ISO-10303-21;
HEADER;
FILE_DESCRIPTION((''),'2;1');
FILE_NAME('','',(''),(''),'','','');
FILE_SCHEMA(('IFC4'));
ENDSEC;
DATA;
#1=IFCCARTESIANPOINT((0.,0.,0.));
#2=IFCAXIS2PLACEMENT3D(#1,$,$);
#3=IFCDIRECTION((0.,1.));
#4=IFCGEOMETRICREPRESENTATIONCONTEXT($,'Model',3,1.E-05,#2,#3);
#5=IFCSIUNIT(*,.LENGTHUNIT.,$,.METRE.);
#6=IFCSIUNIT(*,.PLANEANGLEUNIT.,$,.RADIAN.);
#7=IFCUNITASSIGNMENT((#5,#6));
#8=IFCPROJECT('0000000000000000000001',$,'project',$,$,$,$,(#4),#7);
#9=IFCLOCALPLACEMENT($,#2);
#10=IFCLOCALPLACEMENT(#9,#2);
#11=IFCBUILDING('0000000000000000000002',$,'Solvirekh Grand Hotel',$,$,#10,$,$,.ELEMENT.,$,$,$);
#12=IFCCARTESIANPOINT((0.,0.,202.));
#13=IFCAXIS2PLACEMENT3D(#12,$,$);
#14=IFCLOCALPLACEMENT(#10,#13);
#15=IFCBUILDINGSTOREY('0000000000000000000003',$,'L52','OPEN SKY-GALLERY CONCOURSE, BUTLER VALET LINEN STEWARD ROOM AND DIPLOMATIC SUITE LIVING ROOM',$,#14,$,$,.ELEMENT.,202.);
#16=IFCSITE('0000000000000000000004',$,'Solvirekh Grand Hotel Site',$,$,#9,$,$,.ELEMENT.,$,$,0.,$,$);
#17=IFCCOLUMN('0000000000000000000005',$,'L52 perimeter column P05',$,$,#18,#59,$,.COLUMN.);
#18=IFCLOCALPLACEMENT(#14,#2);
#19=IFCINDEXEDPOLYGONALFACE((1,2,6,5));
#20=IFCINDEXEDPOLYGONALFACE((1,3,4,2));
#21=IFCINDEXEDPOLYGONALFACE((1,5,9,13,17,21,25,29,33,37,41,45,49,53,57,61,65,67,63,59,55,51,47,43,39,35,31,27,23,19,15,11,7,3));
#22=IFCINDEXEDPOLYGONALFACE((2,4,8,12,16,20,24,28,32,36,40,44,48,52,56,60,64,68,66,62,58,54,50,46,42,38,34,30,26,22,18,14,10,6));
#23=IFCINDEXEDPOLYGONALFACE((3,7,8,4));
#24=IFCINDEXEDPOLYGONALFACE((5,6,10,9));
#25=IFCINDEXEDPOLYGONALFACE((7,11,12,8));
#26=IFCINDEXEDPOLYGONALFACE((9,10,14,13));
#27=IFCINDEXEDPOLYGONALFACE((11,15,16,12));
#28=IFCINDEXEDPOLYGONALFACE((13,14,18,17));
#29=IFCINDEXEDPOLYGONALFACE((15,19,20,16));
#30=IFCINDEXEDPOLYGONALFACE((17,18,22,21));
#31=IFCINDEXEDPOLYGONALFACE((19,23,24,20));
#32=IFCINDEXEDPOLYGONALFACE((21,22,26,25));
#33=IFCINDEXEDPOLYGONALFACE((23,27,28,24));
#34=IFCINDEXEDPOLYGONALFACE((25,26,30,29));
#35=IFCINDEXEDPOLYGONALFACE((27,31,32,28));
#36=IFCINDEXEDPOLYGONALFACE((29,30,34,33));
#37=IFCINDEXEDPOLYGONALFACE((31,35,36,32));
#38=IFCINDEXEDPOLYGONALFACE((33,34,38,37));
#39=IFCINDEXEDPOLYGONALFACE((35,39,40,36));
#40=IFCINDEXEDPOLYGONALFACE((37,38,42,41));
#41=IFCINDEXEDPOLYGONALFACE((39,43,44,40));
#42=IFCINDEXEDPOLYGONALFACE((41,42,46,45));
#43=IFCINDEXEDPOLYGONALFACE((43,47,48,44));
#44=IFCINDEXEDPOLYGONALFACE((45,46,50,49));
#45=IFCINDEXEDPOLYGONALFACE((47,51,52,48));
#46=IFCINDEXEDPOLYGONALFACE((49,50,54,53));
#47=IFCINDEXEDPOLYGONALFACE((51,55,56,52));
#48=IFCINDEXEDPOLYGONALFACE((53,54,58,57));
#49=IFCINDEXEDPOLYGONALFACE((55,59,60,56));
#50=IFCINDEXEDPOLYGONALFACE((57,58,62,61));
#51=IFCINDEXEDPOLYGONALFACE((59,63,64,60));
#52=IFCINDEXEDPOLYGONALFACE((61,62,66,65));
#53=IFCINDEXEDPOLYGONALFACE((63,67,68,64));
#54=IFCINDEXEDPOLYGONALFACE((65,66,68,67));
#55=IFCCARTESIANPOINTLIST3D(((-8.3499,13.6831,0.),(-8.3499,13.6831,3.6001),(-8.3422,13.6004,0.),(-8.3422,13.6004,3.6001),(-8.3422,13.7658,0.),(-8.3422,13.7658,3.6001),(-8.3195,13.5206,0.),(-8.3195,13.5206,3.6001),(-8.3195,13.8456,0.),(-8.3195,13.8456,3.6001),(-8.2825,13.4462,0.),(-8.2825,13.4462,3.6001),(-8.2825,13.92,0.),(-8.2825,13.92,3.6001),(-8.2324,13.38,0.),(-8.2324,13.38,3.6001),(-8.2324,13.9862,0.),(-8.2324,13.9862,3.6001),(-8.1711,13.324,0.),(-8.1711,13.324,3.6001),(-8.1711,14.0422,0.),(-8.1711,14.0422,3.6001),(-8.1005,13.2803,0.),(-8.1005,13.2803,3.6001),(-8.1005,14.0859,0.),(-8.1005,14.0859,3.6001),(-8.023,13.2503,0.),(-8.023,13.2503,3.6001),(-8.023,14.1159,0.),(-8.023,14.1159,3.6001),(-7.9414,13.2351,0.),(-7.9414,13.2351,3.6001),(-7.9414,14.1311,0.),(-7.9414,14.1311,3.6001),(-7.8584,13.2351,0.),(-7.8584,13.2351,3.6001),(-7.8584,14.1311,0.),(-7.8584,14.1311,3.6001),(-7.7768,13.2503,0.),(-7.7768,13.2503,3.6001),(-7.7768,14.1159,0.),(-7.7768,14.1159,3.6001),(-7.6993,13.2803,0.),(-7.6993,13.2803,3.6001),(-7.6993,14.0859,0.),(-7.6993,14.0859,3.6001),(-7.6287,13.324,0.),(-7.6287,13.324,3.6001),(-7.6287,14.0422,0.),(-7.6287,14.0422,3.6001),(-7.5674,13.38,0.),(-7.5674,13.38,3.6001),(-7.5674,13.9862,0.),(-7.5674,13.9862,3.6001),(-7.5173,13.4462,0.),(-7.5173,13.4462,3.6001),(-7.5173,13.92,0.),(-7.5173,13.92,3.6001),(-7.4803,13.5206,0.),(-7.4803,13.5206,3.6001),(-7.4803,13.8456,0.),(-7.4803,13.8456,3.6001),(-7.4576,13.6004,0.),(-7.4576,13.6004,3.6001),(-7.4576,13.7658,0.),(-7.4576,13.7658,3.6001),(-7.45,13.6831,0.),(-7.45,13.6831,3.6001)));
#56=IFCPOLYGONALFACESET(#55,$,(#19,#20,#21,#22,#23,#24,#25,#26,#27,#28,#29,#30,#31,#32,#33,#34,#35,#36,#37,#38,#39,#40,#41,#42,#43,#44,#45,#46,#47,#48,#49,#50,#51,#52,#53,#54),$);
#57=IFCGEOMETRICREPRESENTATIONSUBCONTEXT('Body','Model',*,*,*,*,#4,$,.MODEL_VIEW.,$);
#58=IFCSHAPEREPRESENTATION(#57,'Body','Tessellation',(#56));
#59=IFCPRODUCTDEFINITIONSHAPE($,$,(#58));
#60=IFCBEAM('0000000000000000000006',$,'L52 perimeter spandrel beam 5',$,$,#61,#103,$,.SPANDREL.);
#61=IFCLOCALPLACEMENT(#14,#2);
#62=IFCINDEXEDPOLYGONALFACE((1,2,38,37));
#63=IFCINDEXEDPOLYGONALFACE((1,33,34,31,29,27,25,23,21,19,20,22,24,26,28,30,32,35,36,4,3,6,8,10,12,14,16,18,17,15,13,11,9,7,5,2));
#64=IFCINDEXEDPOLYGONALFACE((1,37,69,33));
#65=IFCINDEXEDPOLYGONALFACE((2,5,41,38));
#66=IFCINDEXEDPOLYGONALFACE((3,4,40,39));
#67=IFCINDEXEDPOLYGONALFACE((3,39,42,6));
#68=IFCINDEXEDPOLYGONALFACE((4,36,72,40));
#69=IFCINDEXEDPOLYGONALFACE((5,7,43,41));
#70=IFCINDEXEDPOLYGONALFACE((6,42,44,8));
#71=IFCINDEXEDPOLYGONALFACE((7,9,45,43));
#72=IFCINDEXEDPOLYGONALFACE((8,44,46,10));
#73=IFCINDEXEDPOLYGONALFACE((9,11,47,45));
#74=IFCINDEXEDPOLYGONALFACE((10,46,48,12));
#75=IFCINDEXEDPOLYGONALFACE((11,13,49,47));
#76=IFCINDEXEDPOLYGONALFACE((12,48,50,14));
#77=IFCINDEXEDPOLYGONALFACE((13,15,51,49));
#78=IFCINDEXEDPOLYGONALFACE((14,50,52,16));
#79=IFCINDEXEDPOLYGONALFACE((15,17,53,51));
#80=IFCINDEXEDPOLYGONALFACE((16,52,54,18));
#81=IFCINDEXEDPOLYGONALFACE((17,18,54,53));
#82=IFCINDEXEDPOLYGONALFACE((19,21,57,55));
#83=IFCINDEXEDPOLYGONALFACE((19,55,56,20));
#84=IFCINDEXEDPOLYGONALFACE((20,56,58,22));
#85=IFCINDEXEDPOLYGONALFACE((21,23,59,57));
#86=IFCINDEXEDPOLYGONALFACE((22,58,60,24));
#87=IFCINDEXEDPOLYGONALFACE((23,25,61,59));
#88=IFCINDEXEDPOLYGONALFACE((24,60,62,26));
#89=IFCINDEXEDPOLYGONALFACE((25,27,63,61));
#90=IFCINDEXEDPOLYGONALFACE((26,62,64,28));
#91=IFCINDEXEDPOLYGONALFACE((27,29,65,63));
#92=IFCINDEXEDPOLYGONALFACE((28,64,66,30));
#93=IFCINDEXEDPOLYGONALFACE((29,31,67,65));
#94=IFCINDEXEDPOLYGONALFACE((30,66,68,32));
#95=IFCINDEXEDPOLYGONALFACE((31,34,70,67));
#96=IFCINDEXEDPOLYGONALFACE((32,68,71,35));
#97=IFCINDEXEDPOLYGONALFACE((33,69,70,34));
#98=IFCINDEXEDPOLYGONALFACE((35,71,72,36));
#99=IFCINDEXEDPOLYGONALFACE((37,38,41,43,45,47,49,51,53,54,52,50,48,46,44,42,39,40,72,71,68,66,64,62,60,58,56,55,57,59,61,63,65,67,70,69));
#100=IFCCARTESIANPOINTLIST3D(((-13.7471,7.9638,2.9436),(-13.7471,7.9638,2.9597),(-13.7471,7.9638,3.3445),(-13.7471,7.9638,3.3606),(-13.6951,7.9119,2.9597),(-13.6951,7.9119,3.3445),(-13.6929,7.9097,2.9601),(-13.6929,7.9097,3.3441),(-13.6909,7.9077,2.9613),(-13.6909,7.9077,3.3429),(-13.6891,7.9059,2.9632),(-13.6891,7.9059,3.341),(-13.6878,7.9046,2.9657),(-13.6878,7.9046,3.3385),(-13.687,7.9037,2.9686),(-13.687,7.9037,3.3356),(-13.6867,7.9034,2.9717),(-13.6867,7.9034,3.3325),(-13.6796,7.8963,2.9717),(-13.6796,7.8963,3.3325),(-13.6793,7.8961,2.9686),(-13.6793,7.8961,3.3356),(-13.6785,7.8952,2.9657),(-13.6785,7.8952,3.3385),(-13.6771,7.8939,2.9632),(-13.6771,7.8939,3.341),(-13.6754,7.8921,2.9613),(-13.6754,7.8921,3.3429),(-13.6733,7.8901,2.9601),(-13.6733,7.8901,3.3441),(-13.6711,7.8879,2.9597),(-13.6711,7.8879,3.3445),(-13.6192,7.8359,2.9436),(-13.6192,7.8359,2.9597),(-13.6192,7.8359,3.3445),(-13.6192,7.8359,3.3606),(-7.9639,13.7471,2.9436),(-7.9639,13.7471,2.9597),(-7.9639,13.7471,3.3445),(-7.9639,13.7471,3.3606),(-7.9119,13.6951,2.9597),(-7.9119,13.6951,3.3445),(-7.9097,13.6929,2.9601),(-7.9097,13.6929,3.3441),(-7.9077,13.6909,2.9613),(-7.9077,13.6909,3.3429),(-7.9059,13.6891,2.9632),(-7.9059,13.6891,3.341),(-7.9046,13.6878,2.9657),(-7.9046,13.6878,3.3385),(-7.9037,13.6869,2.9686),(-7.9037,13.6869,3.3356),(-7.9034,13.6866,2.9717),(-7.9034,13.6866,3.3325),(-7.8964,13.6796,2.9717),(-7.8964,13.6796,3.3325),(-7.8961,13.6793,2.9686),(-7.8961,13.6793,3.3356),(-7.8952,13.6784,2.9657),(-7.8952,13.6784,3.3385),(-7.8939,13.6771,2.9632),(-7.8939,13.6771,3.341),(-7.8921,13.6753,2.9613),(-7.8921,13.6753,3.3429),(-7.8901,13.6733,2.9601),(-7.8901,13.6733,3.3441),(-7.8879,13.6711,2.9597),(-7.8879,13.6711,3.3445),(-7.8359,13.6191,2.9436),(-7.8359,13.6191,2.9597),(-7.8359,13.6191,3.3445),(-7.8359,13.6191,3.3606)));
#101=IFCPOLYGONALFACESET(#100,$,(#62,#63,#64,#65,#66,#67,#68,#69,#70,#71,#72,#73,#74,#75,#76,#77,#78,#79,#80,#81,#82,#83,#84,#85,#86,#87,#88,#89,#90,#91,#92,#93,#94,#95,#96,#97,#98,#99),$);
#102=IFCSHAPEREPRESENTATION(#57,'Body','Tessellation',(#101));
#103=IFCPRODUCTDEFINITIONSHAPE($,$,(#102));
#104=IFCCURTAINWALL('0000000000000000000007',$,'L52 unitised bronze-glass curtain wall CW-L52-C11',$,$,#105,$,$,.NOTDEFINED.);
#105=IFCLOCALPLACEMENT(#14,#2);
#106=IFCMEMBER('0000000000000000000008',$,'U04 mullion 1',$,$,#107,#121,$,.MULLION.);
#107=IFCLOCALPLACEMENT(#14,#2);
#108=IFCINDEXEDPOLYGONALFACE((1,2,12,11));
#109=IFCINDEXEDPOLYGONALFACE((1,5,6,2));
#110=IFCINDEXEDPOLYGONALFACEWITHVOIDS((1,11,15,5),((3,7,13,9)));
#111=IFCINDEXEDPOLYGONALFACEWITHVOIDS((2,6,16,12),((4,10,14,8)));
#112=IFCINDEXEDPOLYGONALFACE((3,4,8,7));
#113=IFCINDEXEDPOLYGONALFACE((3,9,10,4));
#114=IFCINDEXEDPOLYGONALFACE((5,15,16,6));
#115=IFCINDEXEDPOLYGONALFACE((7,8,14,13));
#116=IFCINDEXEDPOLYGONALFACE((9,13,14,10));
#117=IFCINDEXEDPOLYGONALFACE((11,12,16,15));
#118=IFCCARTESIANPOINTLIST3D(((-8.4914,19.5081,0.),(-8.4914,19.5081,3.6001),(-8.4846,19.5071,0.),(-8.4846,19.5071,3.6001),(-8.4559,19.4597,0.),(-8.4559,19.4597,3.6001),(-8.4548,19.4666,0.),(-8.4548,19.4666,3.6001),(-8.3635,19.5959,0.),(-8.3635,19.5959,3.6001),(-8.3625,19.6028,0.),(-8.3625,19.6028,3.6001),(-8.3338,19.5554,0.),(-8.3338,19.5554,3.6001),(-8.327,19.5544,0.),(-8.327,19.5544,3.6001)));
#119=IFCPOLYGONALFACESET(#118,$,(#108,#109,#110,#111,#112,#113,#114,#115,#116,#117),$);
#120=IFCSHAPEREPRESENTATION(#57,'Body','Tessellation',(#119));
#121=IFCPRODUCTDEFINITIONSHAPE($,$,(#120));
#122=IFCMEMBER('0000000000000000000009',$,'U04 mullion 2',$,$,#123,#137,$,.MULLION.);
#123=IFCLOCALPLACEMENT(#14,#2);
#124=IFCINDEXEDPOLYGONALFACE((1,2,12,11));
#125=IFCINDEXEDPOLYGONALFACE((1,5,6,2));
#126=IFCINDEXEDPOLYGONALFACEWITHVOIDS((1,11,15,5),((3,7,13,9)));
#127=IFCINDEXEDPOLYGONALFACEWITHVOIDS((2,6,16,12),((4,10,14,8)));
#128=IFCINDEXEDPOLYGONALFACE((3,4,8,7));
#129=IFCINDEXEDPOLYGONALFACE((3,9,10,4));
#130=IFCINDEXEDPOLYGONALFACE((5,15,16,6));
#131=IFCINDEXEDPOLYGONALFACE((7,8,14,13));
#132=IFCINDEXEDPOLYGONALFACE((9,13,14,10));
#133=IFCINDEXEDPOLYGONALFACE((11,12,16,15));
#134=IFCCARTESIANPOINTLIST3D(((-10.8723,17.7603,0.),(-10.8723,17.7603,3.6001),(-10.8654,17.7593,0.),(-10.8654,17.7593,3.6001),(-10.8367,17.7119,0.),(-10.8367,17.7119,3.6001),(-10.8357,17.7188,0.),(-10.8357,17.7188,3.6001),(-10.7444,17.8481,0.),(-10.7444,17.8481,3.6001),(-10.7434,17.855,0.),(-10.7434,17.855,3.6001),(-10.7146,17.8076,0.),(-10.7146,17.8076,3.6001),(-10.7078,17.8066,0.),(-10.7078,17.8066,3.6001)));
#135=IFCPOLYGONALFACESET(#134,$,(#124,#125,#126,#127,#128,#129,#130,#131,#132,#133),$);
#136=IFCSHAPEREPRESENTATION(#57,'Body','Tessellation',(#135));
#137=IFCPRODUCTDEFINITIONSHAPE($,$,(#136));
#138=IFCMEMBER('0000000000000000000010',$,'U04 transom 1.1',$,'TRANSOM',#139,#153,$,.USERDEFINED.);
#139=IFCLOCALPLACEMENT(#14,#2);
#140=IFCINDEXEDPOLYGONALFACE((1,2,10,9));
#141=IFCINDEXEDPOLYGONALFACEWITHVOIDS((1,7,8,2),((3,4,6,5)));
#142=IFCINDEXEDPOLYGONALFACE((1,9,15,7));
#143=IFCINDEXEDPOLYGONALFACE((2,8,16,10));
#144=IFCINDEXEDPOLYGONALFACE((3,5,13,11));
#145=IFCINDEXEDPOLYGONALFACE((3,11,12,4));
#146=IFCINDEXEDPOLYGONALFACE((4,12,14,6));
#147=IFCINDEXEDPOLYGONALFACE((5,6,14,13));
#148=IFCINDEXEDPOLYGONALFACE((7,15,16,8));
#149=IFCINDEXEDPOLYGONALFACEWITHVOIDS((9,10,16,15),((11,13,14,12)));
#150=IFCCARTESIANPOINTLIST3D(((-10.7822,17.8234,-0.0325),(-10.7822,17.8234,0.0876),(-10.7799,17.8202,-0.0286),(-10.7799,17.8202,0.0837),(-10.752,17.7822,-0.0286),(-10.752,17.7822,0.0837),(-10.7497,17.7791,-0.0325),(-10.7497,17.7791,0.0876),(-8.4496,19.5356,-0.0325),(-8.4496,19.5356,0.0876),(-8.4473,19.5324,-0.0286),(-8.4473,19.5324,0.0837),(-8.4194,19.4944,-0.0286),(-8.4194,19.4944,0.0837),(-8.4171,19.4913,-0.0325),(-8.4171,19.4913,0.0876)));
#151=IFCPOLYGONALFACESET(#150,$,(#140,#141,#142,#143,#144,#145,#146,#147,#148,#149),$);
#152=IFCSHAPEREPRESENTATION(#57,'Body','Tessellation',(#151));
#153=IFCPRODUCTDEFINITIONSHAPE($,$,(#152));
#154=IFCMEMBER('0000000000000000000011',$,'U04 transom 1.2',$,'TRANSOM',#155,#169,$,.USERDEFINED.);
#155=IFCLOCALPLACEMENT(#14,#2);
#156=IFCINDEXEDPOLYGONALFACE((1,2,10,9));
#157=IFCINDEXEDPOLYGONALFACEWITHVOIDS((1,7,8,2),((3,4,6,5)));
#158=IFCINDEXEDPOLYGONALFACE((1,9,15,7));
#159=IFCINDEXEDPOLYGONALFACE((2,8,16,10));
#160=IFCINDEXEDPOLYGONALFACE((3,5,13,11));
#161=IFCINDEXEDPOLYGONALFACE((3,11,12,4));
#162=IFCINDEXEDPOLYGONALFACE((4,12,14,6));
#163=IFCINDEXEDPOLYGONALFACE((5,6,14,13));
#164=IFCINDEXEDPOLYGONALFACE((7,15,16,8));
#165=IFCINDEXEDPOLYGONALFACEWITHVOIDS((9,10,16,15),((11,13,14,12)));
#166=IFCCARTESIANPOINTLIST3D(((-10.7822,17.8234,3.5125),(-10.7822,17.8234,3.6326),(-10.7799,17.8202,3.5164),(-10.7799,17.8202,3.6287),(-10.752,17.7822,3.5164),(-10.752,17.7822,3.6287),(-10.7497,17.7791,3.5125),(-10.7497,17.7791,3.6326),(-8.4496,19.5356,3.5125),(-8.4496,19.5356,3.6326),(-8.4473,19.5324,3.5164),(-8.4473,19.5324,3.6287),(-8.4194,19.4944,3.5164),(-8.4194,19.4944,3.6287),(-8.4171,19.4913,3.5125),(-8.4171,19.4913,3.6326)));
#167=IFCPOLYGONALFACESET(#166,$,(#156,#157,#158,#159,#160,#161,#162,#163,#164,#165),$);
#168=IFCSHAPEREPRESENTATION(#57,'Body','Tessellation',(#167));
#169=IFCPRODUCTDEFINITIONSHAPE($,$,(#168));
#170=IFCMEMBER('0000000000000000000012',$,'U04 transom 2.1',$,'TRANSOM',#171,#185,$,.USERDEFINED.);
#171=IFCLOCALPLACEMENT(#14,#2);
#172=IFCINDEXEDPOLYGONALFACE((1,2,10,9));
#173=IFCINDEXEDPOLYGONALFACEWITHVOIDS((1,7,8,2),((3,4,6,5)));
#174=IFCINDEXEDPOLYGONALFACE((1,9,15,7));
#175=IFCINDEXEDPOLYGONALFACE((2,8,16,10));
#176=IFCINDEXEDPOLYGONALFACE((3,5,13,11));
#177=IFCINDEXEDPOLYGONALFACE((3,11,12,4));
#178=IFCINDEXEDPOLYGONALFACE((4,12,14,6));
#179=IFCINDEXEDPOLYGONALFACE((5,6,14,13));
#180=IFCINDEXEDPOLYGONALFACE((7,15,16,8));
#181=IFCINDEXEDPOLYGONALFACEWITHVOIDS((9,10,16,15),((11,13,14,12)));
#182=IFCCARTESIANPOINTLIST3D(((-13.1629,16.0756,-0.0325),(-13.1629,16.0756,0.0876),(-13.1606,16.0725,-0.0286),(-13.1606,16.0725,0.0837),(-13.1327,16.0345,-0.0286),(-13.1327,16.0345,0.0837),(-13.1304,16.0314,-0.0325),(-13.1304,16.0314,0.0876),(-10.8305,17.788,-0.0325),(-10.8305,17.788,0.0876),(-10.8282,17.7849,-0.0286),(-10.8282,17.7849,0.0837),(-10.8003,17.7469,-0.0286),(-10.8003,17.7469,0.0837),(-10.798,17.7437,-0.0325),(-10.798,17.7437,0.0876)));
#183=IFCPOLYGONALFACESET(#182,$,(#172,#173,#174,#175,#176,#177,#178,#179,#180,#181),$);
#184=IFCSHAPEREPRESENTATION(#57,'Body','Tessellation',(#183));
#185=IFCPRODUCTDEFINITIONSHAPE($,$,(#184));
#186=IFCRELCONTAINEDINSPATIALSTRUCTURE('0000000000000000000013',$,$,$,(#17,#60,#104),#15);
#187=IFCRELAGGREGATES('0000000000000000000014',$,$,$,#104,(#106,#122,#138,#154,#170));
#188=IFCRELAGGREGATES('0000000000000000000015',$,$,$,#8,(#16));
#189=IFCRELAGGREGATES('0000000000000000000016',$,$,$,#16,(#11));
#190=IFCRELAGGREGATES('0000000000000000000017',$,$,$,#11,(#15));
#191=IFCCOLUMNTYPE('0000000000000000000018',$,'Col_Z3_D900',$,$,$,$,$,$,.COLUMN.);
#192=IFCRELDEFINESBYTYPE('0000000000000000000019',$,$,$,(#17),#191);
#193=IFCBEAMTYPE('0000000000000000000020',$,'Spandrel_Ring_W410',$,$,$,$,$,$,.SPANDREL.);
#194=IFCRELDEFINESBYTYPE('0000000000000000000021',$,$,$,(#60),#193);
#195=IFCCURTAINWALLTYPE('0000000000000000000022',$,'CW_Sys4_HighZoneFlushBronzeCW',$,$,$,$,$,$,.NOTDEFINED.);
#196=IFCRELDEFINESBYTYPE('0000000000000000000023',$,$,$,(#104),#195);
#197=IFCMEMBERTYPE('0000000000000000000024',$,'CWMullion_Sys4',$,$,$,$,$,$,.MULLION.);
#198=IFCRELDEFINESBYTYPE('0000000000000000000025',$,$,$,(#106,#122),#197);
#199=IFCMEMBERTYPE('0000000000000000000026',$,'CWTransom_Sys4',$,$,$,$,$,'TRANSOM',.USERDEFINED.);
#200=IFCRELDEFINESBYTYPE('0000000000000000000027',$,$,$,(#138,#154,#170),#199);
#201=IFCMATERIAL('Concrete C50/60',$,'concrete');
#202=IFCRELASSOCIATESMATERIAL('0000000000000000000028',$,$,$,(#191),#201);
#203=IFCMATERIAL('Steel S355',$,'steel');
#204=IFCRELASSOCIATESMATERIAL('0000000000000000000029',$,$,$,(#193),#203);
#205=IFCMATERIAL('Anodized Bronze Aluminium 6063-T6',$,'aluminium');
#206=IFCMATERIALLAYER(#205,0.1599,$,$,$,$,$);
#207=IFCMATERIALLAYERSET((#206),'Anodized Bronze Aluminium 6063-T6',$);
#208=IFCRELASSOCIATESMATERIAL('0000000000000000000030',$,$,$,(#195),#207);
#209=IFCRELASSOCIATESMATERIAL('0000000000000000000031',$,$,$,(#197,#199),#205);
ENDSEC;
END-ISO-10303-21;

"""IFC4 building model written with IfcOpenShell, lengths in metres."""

from ifc_helpers import new_model, si_unit, direction, frame, origin, origin_2d, place, context, subcontext, project, spatial, hollow_rectangle, circle, i_section, extrude, source, transform, mapped, material, layer, layer_set, material_profile, profile_set, type_object, element, aggregate, save


model = new_model("IFC4")

# Units and contexts
model_context = context("Model", 3, precision=1e-05, world=origin(), true_north=direction((0.0, 1.0)))
body_context = subcontext(model_context, "Body", "Model", "MODEL_VIEW")
ifc_project = project(units=[si_unit("LENGTHUNIT", "METRE"), si_unit("PLANEANGLEUNIT", "RADIAN")], contexts=[model_context])

# Site, building, storey
site_placement = place(None, origin())
site = spatial("IfcSite", under=ifc_project, at=site_placement, Name="Solvirekh Grand Hotel Site", CompositionType="ELEMENT", RefElevation=0.0)
building_placement = place(site_placement, origin())
building = spatial("IfcBuilding", under=site, at=building_placement, Name="Solvirekh Grand Hotel", CompositionType="ELEMENT")
storey_placement = place(building_placement, frame((0.0, 0.0, 202.0)))
storey = spatial("IfcBuildingStorey", under=building, at=storey_placement, Name="L52", Description="OPEN SKY-GALLERY CONCOURSE, BUTLER VALET LINEN STEWARD ROOM AND DIPLOMATIC SUITE LIVING ROOM", CompositionType="ELEMENT", Elevation=202.0)

# Column
ifc_material_1 = material(Name="Concrete C50/60", Category="concrete")
ifc_material_profile_1 = material_profile(ifc_material_1, circle(Radius=0.45, at=origin_2d()), Name="RC CIRC D900")
ifc_profile_set_1 = profile_set([ifc_material_profile_1], Name="Concrete C50/60")
column_type = type_object("IfcColumnType", Name="Col_Z3_D900", PredefinedType="COLUMN", material=ifc_profile_set_1)
column_placement = place(storey_placement, frame((-7.8999, 13.6831, 0.0), z_axis=(0.0, 0.0, 1.0), x_axis=(1.0, 0.0, 0.0)))
element("IfcColumn", 1, at=column_placement, inside=storey, type_object=column_type, Name="L52 perimeter column P05", PredefinedType="COLUMN", context=body_context, shape_type="SweptSolid", body=[
    extrude(circle(Radius=0.45, at=origin_2d()), origin(), (0.0, 0.0, 1.0), 3.6001),
])

# Beam
ifc_material_2 = material(Name="Steel S355", Category="steel")
ifc_material_profile_2 = material_profile(ifc_material_2, i_section(OverallWidth=0.1809, OverallDepth=0.417, WebThickness=0.01, FlangeThickness=0.0161, FilletRadius=0.012, at=origin_2d()), Name="W410X85")
ifc_profile_set_2 = profile_set([ifc_material_profile_2], Name="Steel S355")
beam_type = type_object("IfcBeamType", Name="Spandrel_Ring_W410", PredefinedType="SPANDREL", material=ifc_profile_set_2)
beam_placement = place(storey_placement, frame((-7.8999, 13.6831, 3.1521), z_axis=(-0.707107, -0.707107, 0.0), x_axis=(0.707107, -0.707107, 0.0)))
element("IfcBeam", 2, at=beam_placement, inside=storey, type_object=beam_type, Name="L52 perimeter spandrel beam 5", PredefinedType="SPANDREL", context=body_context, shape_type="SweptSolid", body=[
    extrude(i_section(OverallWidth=0.1809, OverallDepth=0.417, WebThickness=0.01, FlangeThickness=0.0161, FilletRadius=0.012, at=origin_2d()), origin(), (0.0, 0.0, 1.0), 8.1787),
])

# Curtain wall, members
ifc_material_3 = material(Name="Anodized Bronze Aluminium 6063-T6", Category="aluminium")
ifc_layer_1 = layer(ifc_material_3, 0.1599)
ifc_layer_set_1 = layer_set([ifc_layer_1], Name="Anodized Bronze Aluminium 6063-T6")
curtain_wall_type = type_object("IfcCurtainWallType", Name="CW_Sys4_HighZoneFlushBronzeCW", PredefinedType="NOTDEFINED", material=ifc_layer_set_1)
curtain_wall_placement = place(storey_placement, origin())
curtain_wall = element("IfcCurtainWall", 3, at=curtain_wall_placement, inside=storey, type_object=curtain_wall_type, Name="L52 unitised bronze-glass curtain wall CW-L52-C11", PredefinedType="NOTDEFINED")
ifc_material_profile_3 = material_profile(ifc_material_3, hollow_rectangle(XDim=0.0601, YDim=0.1599, WallThickness=0.0049, at=origin_2d()), Name="ALU RHS 160X60X5")
ifc_profile_set_3 = profile_set([ifc_material_profile_3], Name="Anodized Bronze Aluminium 6063-T6")
member_type_1 = type_object("IfcMemberType", Name="CWMullion_Sys4", PredefinedType="MULLION", material=ifc_profile_set_3)
shared_shape_1 = source(origin(), body_context, "Body", "SweptSolid", [
    extrude(hollow_rectangle(XDim=0.0601, YDim=0.1599, WallThickness=0.0049, at=origin_2d()), origin(), (0.0, 0.0, 1.0), 3.6001),
])
member_1_placement = place(storey_placement, frame((-8.4092, 19.5312, 0.0), z_axis=(0.0, 0.0, 1.0), x_axis=(0.591763, -0.806112, 0.0)))
member_1 = element("IfcMember", 4, at=member_1_placement, type_object=member_type_1, Name="U04 mullion 1", PredefinedType="MULLION", context=body_context, shape_type="MappedRepresentation", body=[
    mapped(shared_shape_1, transform((0.0, 0.0, 0.0), x_axis=(1.0, 0.0, 0.0), y_axis=(0.0, 1.0, 0.0), z_axis=(0.0, 0.0, 1.0), scale=1.0)),
])
member_2_placement = place(storey_placement, frame((-10.79, 17.7834, 0.0), z_axis=(0.0, 0.0, 1.0), x_axis=(0.591763, -0.806112, 0.0)))
member_2 = element("IfcMember", 5, at=member_2_placement, type_object=member_type_1, Name="U04 mullion 2", PredefinedType="MULLION", context=body_context, shape_type="MappedRepresentation", body=[
    mapped(shared_shape_1, transform((0.0, 0.0, 0.0), x_axis=(1.0, 0.0, 0.0), y_axis=(0.0, 1.0, 0.0), z_axis=(0.0, 0.0, 1.0), scale=1.0)),
])
ifc_material_profile_4 = material_profile(ifc_material_3, hollow_rectangle(XDim=0.0549, YDim=0.1201, WallThickness=0.0039, at=origin_2d()), Name="ALU RHS 120X55X4")
ifc_profile_set_4 = profile_set([ifc_material_profile_4], Name="Anodized Bronze Aluminium 6063-T6")
member_type_2 = type_object("IfcMemberType", Name="CWTransom_Sys4", ElementType="TRANSOM", PredefinedType="USERDEFINED", material=ifc_profile_set_4)
shared_shape_2 = source(origin(), body_context, "Body", "SweptSolid", [
    extrude(hollow_rectangle(XDim=0.0549, YDim=0.1201, WallThickness=0.0039, at=origin_2d()), origin(), (0.0, 0.0, 1.0), 2.8936),
])
member_3_placement = place(storey_placement, frame((-8.4333, 19.5134, 0.0276), z_axis=(-0.806134, -0.591733, 0.0), x_axis=(0.591733, -0.806134, 0.0)))
member_3 = element("IfcMember", 6, at=member_3_placement, type_object=member_type_2, Name="U04 transom 1.1", ObjectType="TRANSOM", PredefinedType="USERDEFINED", context=body_context, shape_type="MappedRepresentation", body=[
    mapped(shared_shape_2, transform((0.0, 0.0, 0.0), x_axis=(1.0, 0.0, 0.0), y_axis=(0.0, 1.0, 0.0), z_axis=(0.0, 0.0, 1.0), scale=1.0)),
])
member_4_placement = place(storey_placement, frame((-8.4333, 19.5134, 3.5725), z_axis=(-0.806134, -0.591733, 0.0), x_axis=(0.591733, -0.806134, 0.0)))
member_4 = element("IfcMember", 7, at=member_4_placement, type_object=member_type_2, Name="U04 transom 1.2", ObjectType="TRANSOM", PredefinedType="USERDEFINED", context=body_context, shape_type="MappedRepresentation", body=[
    mapped(shared_shape_2, transform((0.0, 0.0, 0.0), x_axis=(1.0, 0.0, 0.0), y_axis=(0.0, 1.0, 0.0), z_axis=(0.0, 0.0, 1.0), scale=1.0)),
])
member_5_placement = place(storey_placement, frame((-10.8142, 17.7659, 0.0276), z_axis=(-0.806094, -0.591788, 0.0), x_axis=(0.591788, -0.806094, 0.0)))
member_5 = element("IfcMember", 8, at=member_5_placement, type_object=member_type_2, Name="U04 transom 2.1", ObjectType="TRANSOM", PredefinedType="USERDEFINED", context=body_context, shape_type="MappedRepresentation", body=[
    mapped(shared_shape_2, transform((0.0, 0.0, 0.0), x_axis=(1.0, 0.0, 0.0), y_axis=(0.0, 1.0, 0.0), z_axis=(0.0, 0.0, 1.0), scale=1.0)),
])
aggregate(curtain_wall, [member_1, member_2, member_3, member_4, member_5])

save(model, "model.ifc")
